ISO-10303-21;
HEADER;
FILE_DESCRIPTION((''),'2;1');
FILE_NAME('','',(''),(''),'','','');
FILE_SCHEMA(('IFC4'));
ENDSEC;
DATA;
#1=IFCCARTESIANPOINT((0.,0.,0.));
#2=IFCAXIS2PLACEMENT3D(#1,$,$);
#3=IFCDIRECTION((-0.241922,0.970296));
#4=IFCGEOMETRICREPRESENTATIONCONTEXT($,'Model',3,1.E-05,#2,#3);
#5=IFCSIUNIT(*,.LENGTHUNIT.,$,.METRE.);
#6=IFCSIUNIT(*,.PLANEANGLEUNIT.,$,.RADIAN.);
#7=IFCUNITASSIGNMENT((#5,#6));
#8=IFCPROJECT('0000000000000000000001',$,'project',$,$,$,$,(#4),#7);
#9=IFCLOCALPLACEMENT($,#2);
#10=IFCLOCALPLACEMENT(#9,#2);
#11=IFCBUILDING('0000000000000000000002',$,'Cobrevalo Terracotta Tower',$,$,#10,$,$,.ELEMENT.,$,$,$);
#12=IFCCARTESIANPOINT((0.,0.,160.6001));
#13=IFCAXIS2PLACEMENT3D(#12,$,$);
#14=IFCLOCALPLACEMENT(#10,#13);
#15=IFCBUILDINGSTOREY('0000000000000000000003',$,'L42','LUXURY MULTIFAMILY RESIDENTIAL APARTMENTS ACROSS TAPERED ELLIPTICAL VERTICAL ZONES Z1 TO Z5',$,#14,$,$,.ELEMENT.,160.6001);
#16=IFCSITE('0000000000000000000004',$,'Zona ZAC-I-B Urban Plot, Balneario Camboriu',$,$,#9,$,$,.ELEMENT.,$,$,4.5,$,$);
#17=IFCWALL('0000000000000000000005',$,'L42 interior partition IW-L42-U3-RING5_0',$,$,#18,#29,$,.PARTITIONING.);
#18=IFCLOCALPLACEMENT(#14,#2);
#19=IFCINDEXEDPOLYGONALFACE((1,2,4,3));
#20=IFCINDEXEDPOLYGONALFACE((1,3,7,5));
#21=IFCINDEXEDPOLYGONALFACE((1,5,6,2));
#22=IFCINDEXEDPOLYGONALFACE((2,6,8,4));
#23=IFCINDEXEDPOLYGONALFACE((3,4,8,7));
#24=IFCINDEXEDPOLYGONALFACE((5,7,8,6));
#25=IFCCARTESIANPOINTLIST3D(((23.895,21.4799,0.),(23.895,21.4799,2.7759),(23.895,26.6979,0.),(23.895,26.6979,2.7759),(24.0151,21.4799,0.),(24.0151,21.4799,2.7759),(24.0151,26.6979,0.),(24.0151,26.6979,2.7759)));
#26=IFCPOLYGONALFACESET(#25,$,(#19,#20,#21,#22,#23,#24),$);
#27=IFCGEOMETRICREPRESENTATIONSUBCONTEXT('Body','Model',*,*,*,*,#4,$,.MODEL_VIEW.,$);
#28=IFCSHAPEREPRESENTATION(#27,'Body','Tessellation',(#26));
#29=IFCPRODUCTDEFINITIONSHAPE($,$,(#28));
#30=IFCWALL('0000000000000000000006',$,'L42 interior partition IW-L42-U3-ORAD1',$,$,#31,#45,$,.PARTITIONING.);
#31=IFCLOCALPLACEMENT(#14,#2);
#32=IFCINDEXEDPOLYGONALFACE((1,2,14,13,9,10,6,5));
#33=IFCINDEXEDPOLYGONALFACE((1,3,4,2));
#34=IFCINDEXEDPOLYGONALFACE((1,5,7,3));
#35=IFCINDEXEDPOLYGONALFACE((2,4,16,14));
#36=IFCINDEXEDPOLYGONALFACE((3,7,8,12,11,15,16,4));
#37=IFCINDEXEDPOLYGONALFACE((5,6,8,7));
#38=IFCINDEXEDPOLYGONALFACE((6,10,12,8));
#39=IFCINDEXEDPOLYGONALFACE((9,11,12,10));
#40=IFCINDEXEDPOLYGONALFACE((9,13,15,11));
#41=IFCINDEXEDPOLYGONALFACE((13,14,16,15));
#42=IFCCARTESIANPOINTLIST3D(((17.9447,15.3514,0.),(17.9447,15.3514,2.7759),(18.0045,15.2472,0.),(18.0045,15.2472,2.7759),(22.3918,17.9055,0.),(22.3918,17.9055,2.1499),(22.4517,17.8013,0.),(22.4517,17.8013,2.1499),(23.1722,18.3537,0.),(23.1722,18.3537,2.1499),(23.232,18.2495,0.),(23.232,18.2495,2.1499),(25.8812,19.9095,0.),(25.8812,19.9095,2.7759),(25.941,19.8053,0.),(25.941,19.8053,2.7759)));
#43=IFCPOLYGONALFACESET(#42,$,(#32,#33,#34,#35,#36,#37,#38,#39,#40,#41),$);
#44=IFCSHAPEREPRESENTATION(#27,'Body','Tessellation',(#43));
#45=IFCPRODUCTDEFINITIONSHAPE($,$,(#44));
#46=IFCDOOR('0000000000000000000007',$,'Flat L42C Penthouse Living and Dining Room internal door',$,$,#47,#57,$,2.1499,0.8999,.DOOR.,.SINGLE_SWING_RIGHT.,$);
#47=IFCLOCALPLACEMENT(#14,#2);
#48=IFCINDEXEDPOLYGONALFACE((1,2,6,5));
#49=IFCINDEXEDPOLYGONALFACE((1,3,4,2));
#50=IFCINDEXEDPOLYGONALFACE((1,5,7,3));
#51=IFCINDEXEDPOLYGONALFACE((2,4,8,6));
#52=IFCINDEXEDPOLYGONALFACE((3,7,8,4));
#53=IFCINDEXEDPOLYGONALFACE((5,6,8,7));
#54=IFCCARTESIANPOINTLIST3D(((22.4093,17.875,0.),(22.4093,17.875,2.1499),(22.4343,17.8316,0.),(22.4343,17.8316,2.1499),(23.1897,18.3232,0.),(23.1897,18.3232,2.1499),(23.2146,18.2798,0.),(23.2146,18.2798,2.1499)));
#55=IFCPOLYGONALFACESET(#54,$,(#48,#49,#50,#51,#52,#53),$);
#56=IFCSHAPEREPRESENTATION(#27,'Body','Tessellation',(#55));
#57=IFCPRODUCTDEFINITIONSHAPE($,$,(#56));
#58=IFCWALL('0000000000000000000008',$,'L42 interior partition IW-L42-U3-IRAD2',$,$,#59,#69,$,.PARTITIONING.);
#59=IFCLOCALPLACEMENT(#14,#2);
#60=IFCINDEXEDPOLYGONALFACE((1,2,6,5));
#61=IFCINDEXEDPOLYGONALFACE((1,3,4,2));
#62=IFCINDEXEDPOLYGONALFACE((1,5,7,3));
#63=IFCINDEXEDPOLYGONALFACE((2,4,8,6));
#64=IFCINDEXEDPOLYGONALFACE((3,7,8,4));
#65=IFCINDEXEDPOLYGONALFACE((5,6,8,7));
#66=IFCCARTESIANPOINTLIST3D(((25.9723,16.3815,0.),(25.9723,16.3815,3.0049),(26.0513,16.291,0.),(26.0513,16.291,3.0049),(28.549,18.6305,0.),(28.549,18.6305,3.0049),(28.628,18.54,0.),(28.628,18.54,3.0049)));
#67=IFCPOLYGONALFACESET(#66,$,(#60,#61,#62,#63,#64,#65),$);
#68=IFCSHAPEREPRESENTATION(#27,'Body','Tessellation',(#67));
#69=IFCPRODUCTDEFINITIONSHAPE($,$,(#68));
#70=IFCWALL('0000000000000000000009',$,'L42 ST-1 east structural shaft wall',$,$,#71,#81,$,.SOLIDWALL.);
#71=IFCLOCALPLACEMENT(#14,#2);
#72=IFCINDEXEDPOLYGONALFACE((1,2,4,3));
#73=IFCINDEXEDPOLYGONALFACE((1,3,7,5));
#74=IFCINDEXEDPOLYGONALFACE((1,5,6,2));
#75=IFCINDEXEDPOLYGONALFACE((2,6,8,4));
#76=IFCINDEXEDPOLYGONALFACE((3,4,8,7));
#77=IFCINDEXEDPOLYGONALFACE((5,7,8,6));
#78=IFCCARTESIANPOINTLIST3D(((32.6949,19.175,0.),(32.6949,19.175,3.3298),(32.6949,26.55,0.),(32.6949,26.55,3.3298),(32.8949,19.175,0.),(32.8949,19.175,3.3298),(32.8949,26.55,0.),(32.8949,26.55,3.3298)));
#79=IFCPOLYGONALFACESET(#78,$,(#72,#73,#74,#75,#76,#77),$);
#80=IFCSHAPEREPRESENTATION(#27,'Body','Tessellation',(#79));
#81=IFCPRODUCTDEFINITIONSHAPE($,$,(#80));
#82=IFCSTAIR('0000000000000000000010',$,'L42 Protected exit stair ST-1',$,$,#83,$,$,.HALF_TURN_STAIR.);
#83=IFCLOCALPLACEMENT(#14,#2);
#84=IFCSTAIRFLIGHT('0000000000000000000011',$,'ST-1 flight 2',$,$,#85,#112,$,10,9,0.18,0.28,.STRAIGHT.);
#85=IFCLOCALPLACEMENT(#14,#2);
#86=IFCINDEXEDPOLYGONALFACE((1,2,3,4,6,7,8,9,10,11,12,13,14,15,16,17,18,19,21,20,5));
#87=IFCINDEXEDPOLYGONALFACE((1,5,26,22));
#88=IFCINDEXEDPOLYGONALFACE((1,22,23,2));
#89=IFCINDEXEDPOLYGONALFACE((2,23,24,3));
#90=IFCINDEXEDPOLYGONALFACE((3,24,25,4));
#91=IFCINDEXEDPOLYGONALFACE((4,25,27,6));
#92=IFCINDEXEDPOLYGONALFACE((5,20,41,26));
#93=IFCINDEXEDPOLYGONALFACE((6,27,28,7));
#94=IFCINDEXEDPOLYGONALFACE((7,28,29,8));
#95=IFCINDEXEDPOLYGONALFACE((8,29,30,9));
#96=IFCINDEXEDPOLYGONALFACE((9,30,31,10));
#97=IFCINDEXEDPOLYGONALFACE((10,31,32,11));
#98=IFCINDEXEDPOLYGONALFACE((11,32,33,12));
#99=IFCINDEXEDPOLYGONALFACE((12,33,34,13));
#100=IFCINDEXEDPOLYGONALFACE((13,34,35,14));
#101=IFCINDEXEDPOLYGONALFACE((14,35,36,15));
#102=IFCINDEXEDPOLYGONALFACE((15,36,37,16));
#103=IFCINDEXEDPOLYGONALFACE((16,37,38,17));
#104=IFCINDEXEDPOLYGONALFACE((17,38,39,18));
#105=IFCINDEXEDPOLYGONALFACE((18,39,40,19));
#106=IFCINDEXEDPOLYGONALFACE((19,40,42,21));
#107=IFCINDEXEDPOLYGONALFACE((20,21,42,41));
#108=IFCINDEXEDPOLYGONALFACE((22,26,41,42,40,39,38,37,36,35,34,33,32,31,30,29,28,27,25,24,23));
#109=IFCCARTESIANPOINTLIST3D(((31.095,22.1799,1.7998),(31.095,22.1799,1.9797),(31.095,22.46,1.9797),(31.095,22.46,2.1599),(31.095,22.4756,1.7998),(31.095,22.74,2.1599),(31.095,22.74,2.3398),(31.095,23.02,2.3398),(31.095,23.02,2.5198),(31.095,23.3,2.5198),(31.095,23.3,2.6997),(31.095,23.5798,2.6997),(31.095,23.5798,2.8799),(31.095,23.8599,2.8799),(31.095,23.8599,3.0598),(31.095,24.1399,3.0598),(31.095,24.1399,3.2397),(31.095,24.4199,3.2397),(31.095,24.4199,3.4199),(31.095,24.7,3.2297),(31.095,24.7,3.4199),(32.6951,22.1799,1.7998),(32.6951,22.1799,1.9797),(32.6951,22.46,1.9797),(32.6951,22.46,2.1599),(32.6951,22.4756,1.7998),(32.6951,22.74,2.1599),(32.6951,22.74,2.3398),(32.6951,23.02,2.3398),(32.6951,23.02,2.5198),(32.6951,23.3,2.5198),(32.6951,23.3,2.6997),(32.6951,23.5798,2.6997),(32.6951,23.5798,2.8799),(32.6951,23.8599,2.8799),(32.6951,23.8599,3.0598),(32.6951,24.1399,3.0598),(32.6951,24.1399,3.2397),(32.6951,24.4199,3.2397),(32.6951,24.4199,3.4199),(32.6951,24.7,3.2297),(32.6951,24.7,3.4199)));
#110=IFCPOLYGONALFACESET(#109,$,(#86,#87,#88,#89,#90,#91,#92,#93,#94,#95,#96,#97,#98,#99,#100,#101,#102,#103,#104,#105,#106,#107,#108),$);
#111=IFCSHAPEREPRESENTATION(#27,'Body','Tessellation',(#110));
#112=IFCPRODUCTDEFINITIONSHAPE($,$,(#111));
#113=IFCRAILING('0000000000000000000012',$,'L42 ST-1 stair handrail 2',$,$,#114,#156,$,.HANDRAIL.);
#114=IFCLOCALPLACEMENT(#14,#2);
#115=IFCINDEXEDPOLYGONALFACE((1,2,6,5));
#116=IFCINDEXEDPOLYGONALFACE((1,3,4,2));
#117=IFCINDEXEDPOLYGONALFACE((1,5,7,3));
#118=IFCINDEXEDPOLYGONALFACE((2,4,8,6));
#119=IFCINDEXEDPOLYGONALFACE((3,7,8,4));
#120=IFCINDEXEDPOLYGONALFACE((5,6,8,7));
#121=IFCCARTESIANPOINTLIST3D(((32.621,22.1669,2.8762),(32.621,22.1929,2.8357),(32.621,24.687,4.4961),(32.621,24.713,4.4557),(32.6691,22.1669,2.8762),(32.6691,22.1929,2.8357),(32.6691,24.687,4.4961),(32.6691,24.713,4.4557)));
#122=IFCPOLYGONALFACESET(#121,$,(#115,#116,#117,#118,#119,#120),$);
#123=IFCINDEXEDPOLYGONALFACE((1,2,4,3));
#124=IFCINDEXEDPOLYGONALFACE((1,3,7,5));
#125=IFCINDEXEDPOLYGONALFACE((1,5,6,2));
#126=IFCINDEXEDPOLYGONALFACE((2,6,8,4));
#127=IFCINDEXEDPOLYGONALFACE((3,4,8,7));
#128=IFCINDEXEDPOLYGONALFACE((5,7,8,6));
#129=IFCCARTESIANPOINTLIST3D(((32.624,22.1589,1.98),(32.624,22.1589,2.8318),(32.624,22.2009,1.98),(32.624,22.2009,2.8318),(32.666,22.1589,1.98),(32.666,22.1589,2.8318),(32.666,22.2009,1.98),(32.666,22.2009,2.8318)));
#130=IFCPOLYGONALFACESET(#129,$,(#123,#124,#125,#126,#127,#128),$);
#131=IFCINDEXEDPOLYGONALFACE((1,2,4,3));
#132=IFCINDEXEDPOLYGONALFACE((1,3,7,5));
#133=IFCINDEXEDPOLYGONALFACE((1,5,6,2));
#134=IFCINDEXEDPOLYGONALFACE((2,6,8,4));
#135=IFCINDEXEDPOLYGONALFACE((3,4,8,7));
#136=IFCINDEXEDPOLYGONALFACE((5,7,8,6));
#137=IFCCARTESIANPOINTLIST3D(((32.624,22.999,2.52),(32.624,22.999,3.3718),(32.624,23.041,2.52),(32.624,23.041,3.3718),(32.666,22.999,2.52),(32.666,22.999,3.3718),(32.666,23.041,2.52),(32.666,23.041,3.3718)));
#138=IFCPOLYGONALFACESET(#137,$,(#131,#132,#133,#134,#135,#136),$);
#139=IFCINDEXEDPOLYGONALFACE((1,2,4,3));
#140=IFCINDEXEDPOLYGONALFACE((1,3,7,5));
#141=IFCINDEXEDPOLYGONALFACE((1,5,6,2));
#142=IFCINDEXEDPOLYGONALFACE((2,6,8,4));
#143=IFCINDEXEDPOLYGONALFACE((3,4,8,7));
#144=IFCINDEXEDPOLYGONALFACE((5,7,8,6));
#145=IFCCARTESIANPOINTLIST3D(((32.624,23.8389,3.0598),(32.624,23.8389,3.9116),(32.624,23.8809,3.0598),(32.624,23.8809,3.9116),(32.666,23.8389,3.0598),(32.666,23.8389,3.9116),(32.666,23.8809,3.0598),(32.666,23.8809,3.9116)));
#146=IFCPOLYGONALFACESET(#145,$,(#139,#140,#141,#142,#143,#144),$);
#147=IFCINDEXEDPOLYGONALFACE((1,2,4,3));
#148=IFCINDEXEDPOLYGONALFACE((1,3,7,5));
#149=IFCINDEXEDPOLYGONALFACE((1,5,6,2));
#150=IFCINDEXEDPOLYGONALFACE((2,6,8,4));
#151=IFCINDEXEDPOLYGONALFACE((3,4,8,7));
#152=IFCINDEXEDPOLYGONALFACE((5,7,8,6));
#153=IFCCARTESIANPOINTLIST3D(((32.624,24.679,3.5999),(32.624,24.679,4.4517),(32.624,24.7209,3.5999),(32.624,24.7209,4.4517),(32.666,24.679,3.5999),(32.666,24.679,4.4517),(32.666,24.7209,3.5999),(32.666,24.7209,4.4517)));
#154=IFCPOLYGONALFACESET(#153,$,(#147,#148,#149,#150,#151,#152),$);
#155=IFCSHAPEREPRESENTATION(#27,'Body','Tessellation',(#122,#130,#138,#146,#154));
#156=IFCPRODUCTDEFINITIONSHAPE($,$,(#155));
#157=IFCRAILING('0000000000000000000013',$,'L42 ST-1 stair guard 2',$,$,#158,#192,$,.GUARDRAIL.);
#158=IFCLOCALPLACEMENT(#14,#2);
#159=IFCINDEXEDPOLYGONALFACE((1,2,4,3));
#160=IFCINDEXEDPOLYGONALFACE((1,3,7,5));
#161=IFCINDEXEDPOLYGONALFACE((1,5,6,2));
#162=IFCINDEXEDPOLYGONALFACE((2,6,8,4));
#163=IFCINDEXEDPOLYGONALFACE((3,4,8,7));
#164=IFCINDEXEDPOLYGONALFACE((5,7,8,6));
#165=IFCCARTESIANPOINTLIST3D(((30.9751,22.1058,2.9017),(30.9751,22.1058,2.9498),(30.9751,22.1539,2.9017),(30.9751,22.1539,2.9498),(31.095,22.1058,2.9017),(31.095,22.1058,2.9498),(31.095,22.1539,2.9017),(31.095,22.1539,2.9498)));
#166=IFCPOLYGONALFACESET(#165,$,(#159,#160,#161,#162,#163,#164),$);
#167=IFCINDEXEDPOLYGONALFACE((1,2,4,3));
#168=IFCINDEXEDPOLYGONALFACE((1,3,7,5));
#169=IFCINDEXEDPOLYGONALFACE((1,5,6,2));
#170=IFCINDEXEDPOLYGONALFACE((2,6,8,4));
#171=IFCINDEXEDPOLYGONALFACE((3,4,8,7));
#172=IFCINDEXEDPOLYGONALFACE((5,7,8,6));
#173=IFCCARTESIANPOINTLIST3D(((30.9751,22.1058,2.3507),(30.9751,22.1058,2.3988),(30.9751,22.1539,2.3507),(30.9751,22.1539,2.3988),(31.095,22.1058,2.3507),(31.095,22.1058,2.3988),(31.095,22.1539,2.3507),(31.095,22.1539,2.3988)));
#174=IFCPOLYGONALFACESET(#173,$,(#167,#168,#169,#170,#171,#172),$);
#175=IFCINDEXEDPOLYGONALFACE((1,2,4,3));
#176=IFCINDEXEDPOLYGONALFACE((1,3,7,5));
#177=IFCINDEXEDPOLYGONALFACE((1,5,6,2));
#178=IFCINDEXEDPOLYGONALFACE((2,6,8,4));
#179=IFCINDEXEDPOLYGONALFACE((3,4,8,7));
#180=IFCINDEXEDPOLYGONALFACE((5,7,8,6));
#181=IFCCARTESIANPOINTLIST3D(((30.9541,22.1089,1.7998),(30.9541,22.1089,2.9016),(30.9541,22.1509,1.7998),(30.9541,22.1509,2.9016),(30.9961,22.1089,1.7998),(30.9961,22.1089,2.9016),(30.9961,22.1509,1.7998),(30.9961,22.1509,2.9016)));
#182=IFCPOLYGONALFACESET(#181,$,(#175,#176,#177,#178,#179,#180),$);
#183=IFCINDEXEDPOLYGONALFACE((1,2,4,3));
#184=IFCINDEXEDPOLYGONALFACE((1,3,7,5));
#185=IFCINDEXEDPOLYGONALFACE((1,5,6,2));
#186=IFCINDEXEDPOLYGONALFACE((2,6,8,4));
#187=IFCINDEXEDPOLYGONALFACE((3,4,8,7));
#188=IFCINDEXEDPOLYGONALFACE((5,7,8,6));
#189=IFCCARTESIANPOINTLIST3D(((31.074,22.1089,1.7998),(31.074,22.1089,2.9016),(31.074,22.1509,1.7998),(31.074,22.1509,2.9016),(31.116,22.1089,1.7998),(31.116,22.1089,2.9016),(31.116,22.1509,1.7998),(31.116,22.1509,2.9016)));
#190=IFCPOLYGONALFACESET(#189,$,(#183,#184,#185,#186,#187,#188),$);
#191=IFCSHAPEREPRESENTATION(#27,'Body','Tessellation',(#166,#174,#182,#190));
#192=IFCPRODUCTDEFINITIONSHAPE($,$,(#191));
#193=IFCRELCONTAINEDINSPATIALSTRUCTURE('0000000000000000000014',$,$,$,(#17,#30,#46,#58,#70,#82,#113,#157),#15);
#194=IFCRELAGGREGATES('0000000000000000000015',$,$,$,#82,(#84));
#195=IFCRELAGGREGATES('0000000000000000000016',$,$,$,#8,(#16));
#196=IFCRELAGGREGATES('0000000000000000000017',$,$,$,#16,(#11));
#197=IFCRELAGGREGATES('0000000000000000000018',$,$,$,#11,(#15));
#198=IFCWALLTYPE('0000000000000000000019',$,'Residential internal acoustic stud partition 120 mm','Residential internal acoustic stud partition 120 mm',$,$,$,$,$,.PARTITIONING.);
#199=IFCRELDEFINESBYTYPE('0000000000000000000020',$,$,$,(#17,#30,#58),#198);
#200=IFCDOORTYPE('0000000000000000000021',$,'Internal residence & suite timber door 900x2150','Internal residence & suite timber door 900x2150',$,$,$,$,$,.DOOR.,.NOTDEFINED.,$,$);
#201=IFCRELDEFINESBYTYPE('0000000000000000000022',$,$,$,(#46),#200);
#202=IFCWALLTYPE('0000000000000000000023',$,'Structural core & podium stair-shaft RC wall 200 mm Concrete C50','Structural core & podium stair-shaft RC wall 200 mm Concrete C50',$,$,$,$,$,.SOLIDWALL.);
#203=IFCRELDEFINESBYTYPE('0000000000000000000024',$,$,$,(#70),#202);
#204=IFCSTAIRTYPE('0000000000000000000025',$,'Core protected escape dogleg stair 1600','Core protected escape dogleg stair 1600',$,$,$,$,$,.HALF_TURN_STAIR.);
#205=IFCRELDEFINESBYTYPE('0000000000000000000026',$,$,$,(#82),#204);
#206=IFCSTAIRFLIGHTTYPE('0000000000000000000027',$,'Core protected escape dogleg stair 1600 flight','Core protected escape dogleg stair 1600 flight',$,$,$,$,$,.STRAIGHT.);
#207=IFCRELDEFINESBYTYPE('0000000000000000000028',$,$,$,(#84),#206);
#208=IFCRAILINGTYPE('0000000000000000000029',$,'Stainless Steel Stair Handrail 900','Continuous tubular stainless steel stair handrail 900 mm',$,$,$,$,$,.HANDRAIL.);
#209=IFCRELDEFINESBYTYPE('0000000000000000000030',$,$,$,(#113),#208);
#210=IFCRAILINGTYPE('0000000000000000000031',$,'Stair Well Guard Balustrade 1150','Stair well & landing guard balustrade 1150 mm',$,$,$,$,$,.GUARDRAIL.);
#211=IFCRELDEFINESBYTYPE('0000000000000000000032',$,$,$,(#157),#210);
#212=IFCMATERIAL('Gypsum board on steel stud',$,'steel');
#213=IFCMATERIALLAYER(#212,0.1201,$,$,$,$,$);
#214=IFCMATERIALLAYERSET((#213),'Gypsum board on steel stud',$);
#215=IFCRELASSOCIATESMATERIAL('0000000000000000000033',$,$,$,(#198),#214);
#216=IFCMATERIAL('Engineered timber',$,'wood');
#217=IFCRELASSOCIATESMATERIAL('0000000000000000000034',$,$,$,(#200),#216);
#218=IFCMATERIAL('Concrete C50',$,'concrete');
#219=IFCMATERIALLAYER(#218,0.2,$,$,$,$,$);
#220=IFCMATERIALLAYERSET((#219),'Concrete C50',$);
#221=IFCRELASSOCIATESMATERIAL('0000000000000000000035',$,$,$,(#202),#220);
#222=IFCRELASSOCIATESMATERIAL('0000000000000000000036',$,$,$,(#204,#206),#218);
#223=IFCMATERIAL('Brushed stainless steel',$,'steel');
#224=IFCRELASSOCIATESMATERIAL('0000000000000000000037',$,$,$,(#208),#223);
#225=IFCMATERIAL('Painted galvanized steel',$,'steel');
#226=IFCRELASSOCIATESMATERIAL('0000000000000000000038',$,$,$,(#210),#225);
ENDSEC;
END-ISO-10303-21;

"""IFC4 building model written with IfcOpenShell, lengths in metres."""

from ifc_helpers import new_model, si_unit, direction, frame, frame_2d, origin, origin_2d, place, context, subcontext, project, spatial, polyline, rectangle, outline, extrude, source, transform, mapped, material, layer, layer_set, type_object, element, fill, aggregate, save


model = new_model("IFC4")

# Units and contexts
model_context = context("Model", 3, precision=1e-05, world=origin(), true_north=direction((-0.241922, 0.970296)))
body_context = subcontext(model_context, "Body", "Model", "MODEL_VIEW")
ifc_project = project(units=[si_unit("LENGTHUNIT", "METRE"), si_unit("PLANEANGLEUNIT", "RADIAN")], contexts=[model_context])

# Site, building, storey
site_placement = place(None, origin())
site = spatial("IfcSite", under=ifc_project, at=site_placement, Name="Zona ZAC-I-B Urban Plot, Balneario Camboriu", CompositionType="ELEMENT", RefElevation=4.5)
building_placement = place(site_placement, origin())
building = spatial("IfcBuilding", under=site, at=building_placement, Name="Cobrevalo Terracotta Tower", CompositionType="ELEMENT")
storey_placement = place(building_placement, frame((0.0, 0.0, 160.6001)))
storey = spatial("IfcBuildingStorey", under=building, at=storey_placement, Name="L42", Description="LUXURY MULTIFAMILY RESIDENTIAL APARTMENTS ACROSS TAPERED ELLIPTICAL VERTICAL ZONES Z1 TO Z5", CompositionType="ELEMENT", Elevation=160.6001)

# Shared definitions
ifc_material_1 = material(Name="Gypsum board on steel stud", Category="steel")

# Shared definitions
ifc_material_2 = material(Name="Concrete C50", Category="concrete")

# Wall
ifc_layer_1 = layer(ifc_material_1, 0.1201)
ifc_layer_set_1 = layer_set([ifc_layer_1], Name="Gypsum board on steel stud")
wall_type_1 = type_object("IfcWallType", Name="Residential internal acoustic stud partition 120 mm", Description="Residential internal acoustic stud partition 120 mm", PredefinedType="PARTITIONING", material=ifc_layer_set_1)
wall_1_placement = place(storey_placement, frame((23.9551, 21.48, 0.0), z_axis=(0.0, 0.0, 1.0), x_axis=(0.0, 1.0, 0.0)))
element("IfcWall", 1, at=wall_1_placement, inside=storey, type_object=wall_type_1, Name="L42 interior partition IW-L42-U3-RING5_0", PredefinedType="PARTITIONING", context=body_context, shape_type="SweptSolid", body=[
    extrude(rectangle(XDim=5.218, YDim=0.1201, at=frame_2d((2.6089, 0.0))), origin(), (0.0, 0.0, 1.0), 2.7759),
])

# Wall, opening, door
wall_2_placement = place(storey_placement, frame((25.9111, 19.8574, 0.0), z_axis=(0.0, 0.0, 1.0), x_axis=(-0.867161, -0.498028, 0.0)))
wall_2 = element("IfcWall", 2, at=wall_2_placement, inside=storey, type_object=wall_type_1, Name="L42 interior partition IW-L42-U3-ORAD1", PredefinedType="PARTITIONING", context=body_context, shape_type="SweptSolid", body=[
    extrude(rectangle(XDim=9.1523, YDim=0.1201, at=frame_2d((4.5762, 0.0))), origin(), (0.0, 0.0, 1.0), 2.7759),
])
opening_1_placement = place(wall_2_placement, frame((3.124, 0.0, 0.0)))
opening_1 = element("IfcOpeningElement", 3, at=opening_1_placement, cuts=wall_2, PredefinedType="OPENING", context=body_context, shape_type="SweptSolid", body=[
    extrude(rectangle(XDim=0.8999, YDim=2.1499, at=frame_2d((0.45, 1.075))), frame((0.0, 0.0701, 0.0), z_axis=(0.0, -1.0, 0.0), x_axis=(1.0, 0.0, 0.0)), (0.0, 0.0, 1.0), 0.1401),
])
ifc_material_3 = material(Name="Engineered timber", Category="wood")
door_type_1 = type_object("IfcDoorType", Name="Internal residence & suite timber door 900x2150", Description="Internal residence & suite timber door 900x2150", OperationType="NOTDEFINED", PredefinedType="DOOR", material=ifc_material_3)
shared_shape_1 = source(origin(), body_context, "Body", "SweptSolid", [
    extrude(rectangle(XDim=0.8999, YDim=2.1499, at=frame_2d((0.45, 1.075))), frame((0.0, 0.0249, 0.0), z_axis=(0.0, -1.0, 0.0), x_axis=(1.0, 0.0, 0.0)), (0.0, 0.0, 1.0), 0.05),
])
door_1_placement = place(opening_1_placement, frame((0.8999, 0.0, 0.0), z_axis=(0.0, 0.0, 1.0), x_axis=(-1.0, 0.0, 0.0)))
door_1 = element("IfcDoor", 4, at=door_1_placement, inside=storey, type_object=door_type_1, Name="Flat L42C Penthouse Living and Dining Room internal door", OperationType="SINGLE_SWING_RIGHT", OverallHeight=2.1499, OverallWidth=0.8999, PredefinedType="DOOR", context=body_context, shape_type="MappedRepresentation", body=[
    mapped(shared_shape_1, transform((0.0, 0.0, 0.0), scale=1.0)),
])
fill(opening_1, door_1)

# Wall
wall_3_placement = place(storey_placement, frame((28.5884, 18.5852, 0.0), z_axis=(0.0, 0.0, 1.0), x_axis=(-0.753381, -0.657584, 0.0)))
element("IfcWall", 5, at=wall_3_placement, inside=storey, type_object=wall_type_1, Name="L42 interior partition IW-L42-U3-IRAD2", PredefinedType="PARTITIONING", context=body_context, shape_type="SweptSolid", body=[
    extrude(rectangle(XDim=3.4202, YDim=0.1201, at=frame_2d((1.71, 0.0))), origin(), (0.0, 0.0, 1.0), 3.0049),
])

# Wall
ifc_layer_2 = layer(ifc_material_2, 0.2)
ifc_layer_set_2 = layer_set([ifc_layer_2], Name="Concrete C50")
wall_type_2 = type_object("IfcWallType", Name="Structural core & podium stair-shaft RC wall 200 mm Concrete C50", Description="Structural core & podium stair-shaft RC wall 200 mm Concrete C50", PredefinedType="SOLIDWALL", material=ifc_layer_set_2)
wall_4_placement = place(storey_placement, frame((32.7949, 19.175, 0.0), z_axis=(0.0, 0.0, 1.0), x_axis=(0.0, 1.0, 0.0)))
element("IfcWall", 6, at=wall_4_placement, inside=storey, type_object=wall_type_2, Name="L42 ST-1 east structural shaft wall", PredefinedType="SOLIDWALL", context=body_context, shape_type="SweptSolid", body=[
    extrude(rectangle(XDim=7.375, YDim=0.2, at=frame_2d((3.6875, 0.0))), origin(), (0.0, 0.0, 1.0), 3.3298),
])

# Stair, stair flight
stair_type = type_object("IfcStairType", Name="Core protected escape dogleg stair 1600", Description="Core protected escape dogleg stair 1600", PredefinedType="HALF_TURN_STAIR", material=ifc_material_2)
stair_placement = place(storey_placement, origin())
stair = element("IfcStair", 7, at=stair_placement, inside=storey, type_object=stair_type, Name="L42 Protected exit stair ST-1", PredefinedType="HALF_TURN_STAIR")
stair_flight_type = type_object("IfcStairFlightType", Name="Core protected escape dogleg stair 1600 flight", Description="Core protected escape dogleg stair 1600 flight", PredefinedType="STRAIGHT", material=ifc_material_2)
stair_flight_placement = place(storey_placement, frame((31.895, 22.1799, 1.7998), z_axis=(0.0, 0.0, 1.0), x_axis=(0.0, 1.0, 0.0)))
stair_flight = element("IfcStairFlight", 8, at=stair_flight_placement, type_object=stair_flight_type, Name="ST-1 flight 2", NumberOfRisers=10, NumberOfTreads=9, PredefinedType="STRAIGHT", RiserHeight=0.18, TreadLength=0.28, context=body_context, shape_type="SweptSolid", body=[
    extrude(outline(polyline([(0.0, 0.0), (0.0, 0.1799), (0.28, 0.1799), (0.28, 0.3601), (0.5601, 0.3601), (0.5601, 0.54), (0.8401, 0.54), (0.8401, 0.72), (1.1201, 0.72), (1.1201, 0.8999), (1.3999, 0.8999), (1.3999, 1.0801), (1.6799, 1.0801), (1.6799, 1.26), (1.96, 1.26), (1.96, 1.4399), (2.24, 1.4399), (2.24, 1.6201), (2.52, 1.6201), (2.52, 1.8), (2.52, 1.4299), (0.2957, 0.0), (0.0, 0.0)])), frame((0.0, 0.8, 0.0), z_axis=(0.0, -1.0, 0.0), x_axis=(1.0, 0.0, 0.0)), (0.0, 0.0, 1.0), 1.6001),
])
aggregate(stair, [stair_flight])

# Railings
ifc_material_4 = material(Name="Brushed stainless steel", Category="steel")
railing_type_1 = type_object("IfcRailingType", Name="Stainless Steel Stair Handrail 900", Description="Continuous tubular stainless steel stair handrail 900 mm", PredefinedType="HANDRAIL", material=ifc_material_4)
railing_1_placement = place(storey_placement, frame((32.645, 22.1799, 1.98)))
element("IfcRailing", 9, at=railing_1_placement, inside=storey, type_object=railing_type_1, Name="L42 ST-1 stair handrail 2", PredefinedType="HANDRAIL", context=body_context, shape_type="SweptSolid", body=[
    extrude(rectangle(XDim=0.0481, YDim=0.0481, at=origin_2d()), frame((0.0, 0.0, 0.876), z_axis=(0.0, 0.8412, 0.540725), x_axis=(-1.0, 0.0, 0.0)), (0.0, 0.0, 1.0), 2.9958),
    extrude(rectangle(XDim=0.042, YDim=0.042, at=origin_2d()), origin(), (0.0, 0.0, 1.0), 0.8518),
    extrude(rectangle(XDim=0.042, YDim=0.042, at=origin_2d()), frame((0.0, 0.8401, 0.54)), (0.0, 0.0, 1.0), 0.8518),
    extrude(rectangle(XDim=0.042, YDim=0.042, at=origin_2d()), frame((0.0, 1.6799, 1.0798)), (0.0, 0.0, 1.0), 0.8518),
    extrude(rectangle(XDim=0.042, YDim=0.042, at=origin_2d()), frame((0.0, 2.52, 1.6199)), (0.0, 0.0, 1.0), 0.8518),
])
ifc_material_5 = material(Name="Painted galvanized steel", Category="steel")
railing_type_2 = type_object("IfcRailingType", Name="Stair Well Guard Balustrade 1150", Description="Stair well & landing guard balustrade 1150 mm", PredefinedType="GUARDRAIL", material=ifc_material_5)
railing_2_placement = place(storey_placement, frame((30.9751, 22.1299, 1.7998)))
element("IfcRailing", 10, at=railing_2_placement, inside=storey, type_object=railing_type_2, Name="L42 ST-1 stair guard 2", PredefinedType="GUARDRAIL", context=body_context, shape_type="SweptSolid", body=[
    extrude(rectangle(XDim=0.0481, YDim=0.0481, at=origin_2d()), frame((0.0, 0.0, 1.126), z_axis=(1.0, 0.0, 0.0), x_axis=(0.0, 1.0, 0.0)), (0.0, 0.0, 1.0), 0.1199),
    extrude(rectangle(XDim=0.0481, YDim=0.0481, at=origin_2d()), frame((0.0, 0.0, 0.575), z_axis=(1.0, 0.0, 0.0), x_axis=(0.0, 1.0, 0.0)), (0.0, 0.0, 1.0), 0.1199),
    extrude(rectangle(XDim=0.042, YDim=0.042, at=origin_2d()), origin(), (0.0, 0.0, 1.0), 1.1018),
    extrude(rectangle(XDim=0.042, YDim=0.042, at=origin_2d()), frame((0.1199, 0.0, 0.0)), (0.0, 0.0, 1.0), 1.1018),
])

save(model, "model.ifc")
